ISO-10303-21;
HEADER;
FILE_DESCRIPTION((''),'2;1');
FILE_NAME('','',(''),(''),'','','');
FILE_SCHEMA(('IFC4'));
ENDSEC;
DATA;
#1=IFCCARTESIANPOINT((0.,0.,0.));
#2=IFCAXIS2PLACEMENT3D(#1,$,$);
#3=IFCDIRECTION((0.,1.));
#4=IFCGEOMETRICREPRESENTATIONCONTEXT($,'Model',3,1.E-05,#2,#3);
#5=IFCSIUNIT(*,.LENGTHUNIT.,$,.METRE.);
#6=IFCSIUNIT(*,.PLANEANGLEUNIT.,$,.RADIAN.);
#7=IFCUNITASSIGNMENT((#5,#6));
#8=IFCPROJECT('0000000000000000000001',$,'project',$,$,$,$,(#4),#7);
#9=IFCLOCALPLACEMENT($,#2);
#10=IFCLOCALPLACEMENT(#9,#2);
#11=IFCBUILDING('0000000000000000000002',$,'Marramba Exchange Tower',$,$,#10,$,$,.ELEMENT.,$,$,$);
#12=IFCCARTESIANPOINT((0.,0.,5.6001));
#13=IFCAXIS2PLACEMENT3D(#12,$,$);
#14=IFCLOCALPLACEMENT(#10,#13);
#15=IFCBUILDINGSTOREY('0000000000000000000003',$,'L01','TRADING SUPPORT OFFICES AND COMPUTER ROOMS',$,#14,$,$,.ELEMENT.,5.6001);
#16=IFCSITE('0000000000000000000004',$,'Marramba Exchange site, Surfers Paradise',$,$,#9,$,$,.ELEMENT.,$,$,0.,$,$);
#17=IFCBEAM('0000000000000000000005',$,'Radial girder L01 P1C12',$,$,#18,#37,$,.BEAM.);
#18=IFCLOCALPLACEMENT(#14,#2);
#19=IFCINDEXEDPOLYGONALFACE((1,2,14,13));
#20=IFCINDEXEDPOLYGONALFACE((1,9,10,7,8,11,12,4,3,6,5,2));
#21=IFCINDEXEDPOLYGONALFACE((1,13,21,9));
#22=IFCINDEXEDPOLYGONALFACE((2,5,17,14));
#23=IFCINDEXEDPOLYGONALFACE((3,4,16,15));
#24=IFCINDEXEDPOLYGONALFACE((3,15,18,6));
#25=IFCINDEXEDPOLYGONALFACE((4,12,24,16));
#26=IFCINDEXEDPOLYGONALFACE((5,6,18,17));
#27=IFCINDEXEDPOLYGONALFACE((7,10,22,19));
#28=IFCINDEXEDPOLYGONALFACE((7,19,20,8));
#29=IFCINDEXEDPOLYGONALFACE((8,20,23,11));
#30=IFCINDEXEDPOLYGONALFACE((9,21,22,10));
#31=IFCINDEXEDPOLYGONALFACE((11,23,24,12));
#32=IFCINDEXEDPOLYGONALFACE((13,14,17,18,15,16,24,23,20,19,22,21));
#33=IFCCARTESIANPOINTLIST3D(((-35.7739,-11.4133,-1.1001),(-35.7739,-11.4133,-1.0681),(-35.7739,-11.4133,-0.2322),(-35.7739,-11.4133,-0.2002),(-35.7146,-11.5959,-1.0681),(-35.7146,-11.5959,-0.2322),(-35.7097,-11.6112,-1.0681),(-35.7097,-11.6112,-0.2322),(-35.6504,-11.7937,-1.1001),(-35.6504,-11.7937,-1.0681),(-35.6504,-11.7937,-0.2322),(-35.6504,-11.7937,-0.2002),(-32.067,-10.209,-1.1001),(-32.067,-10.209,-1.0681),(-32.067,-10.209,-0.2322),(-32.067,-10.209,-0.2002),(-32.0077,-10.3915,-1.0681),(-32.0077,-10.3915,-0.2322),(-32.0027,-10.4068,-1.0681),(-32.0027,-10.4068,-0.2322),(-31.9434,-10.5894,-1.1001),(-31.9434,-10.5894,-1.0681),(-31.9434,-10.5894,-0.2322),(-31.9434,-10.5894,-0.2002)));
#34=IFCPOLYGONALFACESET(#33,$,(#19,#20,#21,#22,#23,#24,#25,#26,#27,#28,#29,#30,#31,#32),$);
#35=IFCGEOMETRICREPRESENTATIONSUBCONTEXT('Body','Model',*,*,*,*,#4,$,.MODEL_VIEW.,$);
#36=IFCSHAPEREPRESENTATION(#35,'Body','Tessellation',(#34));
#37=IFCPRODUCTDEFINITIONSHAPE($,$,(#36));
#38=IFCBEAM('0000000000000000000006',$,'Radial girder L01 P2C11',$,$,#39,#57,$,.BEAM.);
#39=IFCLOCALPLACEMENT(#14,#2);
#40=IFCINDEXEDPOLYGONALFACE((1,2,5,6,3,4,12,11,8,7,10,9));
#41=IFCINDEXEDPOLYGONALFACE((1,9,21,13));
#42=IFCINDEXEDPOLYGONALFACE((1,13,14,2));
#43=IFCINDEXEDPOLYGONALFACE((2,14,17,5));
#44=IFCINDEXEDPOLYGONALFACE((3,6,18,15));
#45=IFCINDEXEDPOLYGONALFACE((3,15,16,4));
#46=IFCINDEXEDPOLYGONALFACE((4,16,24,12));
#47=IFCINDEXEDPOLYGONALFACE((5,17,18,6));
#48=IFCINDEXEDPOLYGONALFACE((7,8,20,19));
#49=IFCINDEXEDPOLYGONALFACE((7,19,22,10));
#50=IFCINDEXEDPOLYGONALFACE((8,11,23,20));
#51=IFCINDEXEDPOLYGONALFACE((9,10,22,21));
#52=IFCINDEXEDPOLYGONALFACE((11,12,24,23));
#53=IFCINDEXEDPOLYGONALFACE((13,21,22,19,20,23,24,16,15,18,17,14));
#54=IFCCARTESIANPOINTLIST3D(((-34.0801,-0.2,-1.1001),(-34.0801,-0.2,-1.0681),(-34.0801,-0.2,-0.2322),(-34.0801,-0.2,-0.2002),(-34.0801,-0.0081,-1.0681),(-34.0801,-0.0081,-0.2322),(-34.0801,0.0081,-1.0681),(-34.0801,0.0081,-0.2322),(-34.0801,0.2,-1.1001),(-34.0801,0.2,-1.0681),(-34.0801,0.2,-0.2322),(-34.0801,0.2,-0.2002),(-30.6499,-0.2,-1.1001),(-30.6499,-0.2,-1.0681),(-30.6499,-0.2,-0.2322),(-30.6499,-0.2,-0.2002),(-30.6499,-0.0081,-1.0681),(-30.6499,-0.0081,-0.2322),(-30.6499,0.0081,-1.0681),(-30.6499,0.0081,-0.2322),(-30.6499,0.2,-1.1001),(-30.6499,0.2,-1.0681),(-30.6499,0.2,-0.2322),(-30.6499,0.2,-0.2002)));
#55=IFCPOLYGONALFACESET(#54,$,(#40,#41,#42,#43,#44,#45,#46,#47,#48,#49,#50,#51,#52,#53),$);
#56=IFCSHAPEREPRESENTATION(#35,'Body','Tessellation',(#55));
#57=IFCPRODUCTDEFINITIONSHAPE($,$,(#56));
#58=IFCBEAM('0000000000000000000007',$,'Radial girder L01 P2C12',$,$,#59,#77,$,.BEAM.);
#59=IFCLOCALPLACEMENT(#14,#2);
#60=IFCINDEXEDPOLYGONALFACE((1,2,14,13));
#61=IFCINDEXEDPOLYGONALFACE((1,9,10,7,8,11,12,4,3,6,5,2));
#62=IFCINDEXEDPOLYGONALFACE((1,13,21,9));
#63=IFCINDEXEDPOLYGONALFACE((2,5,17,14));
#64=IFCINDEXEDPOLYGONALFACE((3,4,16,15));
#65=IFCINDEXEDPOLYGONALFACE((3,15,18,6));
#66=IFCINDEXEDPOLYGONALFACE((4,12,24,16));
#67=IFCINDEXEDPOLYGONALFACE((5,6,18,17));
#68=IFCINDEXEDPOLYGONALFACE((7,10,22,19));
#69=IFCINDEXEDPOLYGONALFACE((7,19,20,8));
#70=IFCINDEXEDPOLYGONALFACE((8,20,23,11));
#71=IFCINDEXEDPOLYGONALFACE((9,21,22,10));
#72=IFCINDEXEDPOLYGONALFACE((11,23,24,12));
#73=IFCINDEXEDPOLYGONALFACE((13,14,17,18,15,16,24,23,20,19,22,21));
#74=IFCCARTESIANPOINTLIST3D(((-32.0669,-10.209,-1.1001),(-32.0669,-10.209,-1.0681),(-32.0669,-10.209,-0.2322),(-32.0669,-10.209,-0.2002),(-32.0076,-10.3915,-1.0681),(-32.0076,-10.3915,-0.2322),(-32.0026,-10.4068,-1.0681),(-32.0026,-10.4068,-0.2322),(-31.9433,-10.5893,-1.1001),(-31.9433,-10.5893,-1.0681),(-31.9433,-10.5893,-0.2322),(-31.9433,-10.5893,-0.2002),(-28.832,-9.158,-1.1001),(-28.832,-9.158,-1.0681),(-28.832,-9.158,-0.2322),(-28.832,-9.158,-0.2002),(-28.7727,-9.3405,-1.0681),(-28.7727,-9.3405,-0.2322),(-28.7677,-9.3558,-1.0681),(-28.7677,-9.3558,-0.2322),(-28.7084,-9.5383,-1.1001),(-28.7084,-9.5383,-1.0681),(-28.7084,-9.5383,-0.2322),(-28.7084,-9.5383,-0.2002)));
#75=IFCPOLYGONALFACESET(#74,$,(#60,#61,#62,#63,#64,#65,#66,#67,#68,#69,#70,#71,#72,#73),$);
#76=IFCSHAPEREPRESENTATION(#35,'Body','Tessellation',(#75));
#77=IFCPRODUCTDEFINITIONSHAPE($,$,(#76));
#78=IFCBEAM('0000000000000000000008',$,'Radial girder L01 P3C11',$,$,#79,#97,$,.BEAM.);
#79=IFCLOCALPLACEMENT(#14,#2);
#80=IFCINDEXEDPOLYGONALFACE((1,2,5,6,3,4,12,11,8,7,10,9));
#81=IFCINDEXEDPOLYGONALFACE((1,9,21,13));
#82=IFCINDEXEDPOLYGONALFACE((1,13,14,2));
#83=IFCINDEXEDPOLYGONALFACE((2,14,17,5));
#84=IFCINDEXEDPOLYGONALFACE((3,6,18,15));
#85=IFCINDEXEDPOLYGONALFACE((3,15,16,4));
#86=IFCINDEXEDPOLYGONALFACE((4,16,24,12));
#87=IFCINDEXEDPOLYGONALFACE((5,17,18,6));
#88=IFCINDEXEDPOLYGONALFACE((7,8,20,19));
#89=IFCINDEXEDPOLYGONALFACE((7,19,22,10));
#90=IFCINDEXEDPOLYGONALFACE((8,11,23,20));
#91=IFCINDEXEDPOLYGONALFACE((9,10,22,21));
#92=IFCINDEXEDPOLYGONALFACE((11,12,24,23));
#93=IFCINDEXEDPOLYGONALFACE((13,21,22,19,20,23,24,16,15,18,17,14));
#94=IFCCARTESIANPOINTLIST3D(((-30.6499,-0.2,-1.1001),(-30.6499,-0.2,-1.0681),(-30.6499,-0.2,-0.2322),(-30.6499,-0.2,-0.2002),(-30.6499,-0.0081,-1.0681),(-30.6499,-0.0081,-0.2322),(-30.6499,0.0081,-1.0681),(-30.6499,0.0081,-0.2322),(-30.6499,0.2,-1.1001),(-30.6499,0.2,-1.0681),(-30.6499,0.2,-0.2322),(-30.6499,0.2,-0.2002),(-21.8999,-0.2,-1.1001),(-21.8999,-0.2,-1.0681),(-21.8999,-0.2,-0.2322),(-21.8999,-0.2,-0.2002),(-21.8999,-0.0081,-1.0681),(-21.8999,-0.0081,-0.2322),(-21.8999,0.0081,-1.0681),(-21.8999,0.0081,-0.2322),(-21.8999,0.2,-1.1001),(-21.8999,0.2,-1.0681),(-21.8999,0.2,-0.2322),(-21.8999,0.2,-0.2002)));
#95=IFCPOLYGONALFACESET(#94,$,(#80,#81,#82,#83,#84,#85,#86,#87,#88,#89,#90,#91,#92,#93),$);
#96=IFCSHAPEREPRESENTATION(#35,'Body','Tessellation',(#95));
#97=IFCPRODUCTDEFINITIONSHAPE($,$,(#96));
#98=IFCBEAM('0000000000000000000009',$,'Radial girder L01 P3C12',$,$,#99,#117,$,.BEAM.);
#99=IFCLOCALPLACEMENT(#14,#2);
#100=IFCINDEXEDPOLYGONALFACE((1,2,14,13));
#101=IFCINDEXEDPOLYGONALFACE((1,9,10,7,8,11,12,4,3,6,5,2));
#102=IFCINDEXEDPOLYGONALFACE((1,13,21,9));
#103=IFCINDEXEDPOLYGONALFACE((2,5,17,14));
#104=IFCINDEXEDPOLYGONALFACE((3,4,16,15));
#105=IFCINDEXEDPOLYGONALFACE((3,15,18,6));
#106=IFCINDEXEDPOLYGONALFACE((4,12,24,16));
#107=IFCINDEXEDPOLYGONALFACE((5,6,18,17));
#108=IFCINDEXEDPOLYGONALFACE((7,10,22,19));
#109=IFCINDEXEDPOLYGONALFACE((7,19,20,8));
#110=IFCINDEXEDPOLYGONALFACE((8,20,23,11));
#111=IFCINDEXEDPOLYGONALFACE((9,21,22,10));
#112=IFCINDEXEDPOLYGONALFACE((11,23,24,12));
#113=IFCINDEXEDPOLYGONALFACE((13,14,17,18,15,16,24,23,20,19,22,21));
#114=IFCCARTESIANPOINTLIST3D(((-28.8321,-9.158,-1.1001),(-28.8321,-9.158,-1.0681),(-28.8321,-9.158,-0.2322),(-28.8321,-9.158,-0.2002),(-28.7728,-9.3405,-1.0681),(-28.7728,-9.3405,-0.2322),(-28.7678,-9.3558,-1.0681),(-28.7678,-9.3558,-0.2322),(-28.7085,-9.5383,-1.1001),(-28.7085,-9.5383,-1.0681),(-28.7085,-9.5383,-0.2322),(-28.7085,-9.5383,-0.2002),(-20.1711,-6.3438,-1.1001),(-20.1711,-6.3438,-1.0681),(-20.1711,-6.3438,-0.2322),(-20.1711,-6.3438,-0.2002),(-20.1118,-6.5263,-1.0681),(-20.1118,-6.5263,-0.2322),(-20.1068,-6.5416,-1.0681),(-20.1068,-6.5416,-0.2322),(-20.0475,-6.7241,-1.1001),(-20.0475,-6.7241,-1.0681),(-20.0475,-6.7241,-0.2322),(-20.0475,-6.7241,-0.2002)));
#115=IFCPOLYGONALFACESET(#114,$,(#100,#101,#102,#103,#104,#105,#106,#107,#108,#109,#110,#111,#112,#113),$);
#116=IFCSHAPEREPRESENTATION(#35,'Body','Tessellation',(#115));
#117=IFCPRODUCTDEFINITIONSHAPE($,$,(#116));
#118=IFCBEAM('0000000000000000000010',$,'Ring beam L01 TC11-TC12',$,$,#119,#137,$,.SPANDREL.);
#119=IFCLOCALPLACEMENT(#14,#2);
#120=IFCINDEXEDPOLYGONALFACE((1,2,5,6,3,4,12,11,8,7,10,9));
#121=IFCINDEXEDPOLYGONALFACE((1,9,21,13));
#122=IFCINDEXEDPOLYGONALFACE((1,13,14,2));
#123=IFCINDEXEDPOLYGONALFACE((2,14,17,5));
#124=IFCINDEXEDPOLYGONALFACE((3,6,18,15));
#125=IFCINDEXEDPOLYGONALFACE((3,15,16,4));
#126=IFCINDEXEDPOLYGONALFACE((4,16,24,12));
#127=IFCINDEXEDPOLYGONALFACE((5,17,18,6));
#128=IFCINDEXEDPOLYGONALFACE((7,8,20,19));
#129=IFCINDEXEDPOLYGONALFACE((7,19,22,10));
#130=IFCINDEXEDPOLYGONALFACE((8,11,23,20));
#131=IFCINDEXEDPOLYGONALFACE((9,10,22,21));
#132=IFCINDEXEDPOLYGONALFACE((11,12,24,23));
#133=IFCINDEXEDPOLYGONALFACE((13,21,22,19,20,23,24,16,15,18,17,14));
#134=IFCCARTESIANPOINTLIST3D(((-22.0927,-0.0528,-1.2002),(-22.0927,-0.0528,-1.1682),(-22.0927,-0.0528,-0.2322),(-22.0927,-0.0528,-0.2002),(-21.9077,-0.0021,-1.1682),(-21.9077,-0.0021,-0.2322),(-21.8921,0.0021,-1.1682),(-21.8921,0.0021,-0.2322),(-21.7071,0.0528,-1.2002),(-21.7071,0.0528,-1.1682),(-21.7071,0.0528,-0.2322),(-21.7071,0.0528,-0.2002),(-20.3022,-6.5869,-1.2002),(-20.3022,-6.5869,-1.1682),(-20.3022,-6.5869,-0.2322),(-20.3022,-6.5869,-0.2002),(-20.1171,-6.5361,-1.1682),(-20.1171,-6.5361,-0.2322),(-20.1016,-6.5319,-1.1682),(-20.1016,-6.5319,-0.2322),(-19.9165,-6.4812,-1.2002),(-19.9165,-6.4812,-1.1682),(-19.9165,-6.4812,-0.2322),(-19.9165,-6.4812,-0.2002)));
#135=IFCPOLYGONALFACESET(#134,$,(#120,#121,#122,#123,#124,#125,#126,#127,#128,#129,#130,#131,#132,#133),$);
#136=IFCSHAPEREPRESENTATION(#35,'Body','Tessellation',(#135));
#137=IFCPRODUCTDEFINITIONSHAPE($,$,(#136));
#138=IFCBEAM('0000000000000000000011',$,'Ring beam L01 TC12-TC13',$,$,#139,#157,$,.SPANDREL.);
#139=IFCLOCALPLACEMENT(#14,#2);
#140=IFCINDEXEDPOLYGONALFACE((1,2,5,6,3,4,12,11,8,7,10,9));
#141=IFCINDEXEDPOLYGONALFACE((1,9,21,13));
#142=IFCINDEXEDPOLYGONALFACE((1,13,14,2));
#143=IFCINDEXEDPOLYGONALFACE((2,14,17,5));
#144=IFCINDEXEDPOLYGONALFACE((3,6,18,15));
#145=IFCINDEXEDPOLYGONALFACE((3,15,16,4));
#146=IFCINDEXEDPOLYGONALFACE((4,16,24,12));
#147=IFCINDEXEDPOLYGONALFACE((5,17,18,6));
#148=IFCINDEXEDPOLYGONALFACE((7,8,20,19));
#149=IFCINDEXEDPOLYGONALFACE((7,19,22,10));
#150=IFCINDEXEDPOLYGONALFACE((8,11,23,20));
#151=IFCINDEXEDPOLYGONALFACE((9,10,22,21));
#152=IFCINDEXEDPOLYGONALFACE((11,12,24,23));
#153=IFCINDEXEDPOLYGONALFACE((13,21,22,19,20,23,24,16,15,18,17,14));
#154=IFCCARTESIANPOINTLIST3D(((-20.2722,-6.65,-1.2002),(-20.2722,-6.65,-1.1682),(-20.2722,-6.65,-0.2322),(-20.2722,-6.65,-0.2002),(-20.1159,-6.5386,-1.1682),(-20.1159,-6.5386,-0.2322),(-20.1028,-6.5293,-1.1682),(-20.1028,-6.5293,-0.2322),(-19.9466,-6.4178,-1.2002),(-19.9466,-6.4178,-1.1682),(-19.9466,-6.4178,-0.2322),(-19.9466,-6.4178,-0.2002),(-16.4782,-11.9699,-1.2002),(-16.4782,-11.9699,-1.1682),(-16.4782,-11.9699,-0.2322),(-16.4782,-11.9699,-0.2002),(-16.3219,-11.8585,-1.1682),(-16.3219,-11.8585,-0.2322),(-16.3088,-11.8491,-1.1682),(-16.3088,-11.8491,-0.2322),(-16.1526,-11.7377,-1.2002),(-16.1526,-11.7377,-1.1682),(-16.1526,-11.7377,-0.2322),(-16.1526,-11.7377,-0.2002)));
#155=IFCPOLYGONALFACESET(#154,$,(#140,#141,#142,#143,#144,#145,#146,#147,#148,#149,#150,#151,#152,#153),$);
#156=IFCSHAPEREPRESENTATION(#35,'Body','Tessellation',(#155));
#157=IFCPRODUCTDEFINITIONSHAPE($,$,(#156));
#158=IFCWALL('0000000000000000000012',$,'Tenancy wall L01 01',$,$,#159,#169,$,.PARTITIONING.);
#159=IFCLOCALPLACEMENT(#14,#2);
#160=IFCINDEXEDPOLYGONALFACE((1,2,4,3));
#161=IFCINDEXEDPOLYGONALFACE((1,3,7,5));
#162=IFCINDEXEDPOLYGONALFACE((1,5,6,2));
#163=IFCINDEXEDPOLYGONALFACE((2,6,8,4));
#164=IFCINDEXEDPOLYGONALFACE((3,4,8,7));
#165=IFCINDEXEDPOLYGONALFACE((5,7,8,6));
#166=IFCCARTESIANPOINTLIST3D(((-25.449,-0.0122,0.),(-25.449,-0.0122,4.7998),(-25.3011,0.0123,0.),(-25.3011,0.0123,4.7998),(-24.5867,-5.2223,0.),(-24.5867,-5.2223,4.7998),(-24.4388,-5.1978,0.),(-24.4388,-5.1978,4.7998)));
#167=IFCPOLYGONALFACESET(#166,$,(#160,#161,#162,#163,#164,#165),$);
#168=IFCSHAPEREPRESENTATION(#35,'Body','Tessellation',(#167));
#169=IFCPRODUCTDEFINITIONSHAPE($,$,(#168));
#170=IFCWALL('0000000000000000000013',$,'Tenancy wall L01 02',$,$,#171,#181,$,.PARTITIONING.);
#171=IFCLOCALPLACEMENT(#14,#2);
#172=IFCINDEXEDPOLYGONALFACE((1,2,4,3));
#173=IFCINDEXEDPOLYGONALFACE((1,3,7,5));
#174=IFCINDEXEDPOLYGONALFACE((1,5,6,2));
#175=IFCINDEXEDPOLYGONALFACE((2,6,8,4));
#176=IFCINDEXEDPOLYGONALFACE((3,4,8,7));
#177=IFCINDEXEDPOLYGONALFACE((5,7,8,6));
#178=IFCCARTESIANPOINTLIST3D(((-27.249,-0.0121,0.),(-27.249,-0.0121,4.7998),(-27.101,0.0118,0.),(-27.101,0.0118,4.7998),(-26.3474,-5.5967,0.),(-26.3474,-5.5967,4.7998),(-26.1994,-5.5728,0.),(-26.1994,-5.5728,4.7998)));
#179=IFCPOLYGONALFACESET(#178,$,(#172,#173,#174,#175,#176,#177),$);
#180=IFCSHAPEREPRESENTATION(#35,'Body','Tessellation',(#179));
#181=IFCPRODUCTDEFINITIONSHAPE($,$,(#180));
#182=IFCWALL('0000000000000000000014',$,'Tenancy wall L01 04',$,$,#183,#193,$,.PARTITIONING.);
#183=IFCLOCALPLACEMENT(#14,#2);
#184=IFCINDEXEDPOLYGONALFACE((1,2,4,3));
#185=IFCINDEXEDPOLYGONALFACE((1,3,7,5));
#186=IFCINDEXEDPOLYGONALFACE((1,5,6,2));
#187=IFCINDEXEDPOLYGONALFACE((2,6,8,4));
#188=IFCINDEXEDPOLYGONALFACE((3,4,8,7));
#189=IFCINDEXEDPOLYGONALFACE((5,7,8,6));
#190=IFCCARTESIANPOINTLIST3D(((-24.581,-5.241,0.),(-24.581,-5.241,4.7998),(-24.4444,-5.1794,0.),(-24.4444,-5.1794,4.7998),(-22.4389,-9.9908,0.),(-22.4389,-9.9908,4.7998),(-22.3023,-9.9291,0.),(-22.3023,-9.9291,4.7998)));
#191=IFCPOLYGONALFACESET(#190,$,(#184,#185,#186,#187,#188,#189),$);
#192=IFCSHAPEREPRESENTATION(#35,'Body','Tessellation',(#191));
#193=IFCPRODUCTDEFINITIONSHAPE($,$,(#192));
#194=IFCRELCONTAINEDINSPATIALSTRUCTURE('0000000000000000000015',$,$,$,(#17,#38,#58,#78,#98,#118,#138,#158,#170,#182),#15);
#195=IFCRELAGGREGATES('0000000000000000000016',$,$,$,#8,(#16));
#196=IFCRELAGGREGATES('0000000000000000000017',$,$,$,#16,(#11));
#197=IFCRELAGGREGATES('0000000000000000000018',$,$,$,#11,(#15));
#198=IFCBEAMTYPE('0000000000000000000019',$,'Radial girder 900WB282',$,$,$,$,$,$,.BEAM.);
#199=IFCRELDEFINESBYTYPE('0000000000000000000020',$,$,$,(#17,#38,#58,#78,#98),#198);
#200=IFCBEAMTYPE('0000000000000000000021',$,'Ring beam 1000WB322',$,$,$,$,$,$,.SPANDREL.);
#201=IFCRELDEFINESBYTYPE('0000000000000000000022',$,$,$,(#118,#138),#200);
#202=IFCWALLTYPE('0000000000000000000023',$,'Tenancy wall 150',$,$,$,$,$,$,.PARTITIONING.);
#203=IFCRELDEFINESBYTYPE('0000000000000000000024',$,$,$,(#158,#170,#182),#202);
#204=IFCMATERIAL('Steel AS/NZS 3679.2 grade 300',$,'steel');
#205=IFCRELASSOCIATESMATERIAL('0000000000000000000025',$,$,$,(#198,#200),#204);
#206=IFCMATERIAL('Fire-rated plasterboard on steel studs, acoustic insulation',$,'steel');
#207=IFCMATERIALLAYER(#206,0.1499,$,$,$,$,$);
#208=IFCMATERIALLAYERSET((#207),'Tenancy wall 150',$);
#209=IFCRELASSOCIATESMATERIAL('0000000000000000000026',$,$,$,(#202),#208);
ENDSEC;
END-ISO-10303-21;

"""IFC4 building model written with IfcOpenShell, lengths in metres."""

from ifc_helpers import new_model, si_unit, direction, frame, frame_2d, origin, origin_2d, place, context, subcontext, project, spatial, rectangle, i_section, extrude, material, layer, layer_set, material_profile, profile_set, type_object, element, save


model = new_model("IFC4")

# Units and contexts
model_context = context("Model", 3, precision=1e-05, world=origin(), true_north=direction((0.0, 1.0)))
body_context = subcontext(model_context, "Body", "Model", "MODEL_VIEW")
ifc_project = project(units=[si_unit("LENGTHUNIT", "METRE"), si_unit("PLANEANGLEUNIT", "RADIAN")], contexts=[model_context])

# Site, building, storey
site_placement = place(None, origin())
site = spatial("IfcSite", under=ifc_project, at=site_placement, Name="Marramba Exchange site, Surfers Paradise", CompositionType="ELEMENT", RefElevation=0.0)
building_placement = place(site_placement, origin())
building = spatial("IfcBuilding", under=site, at=building_placement, Name="Marramba Exchange Tower", CompositionType="ELEMENT")
storey_placement = place(building_placement, frame((0.0, 0.0, 5.6001)))
storey = spatial("IfcBuildingStorey", under=building, at=storey_placement, Name="L01", Description="TRADING SUPPORT OFFICES AND COMPUTER ROOMS", CompositionType="ELEMENT", Elevation=5.6001)

# Beams
ifc_material_1 = material(Name="Steel AS/NZS 3679.2 grade 300", Category="steel")
ifc_material_profile_1 = material_profile(ifc_material_1, i_section(OverallWidth=0.3999, OverallDepth=0.8999, WebThickness=0.0161, FlangeThickness=0.032, at=origin_2d()), Name="900WB282")
ifc_profile_set_1 = profile_set([ifc_material_profile_1], Name="Steel AS/NZS 3679.2 grade 300")
beam_type_1 = type_object("IfcBeamType", Name="Radial girder 900WB282", PredefinedType="BEAM", material=ifc_profile_set_1)
beam_1_placement = place(storey_placement, frame((-35.7122, -11.6035, -0.6501), z_axis=(0.951067, 0.308984, 0.0), x_axis=(-0.308984, 0.951067, 0.0)))
element("IfcBeam", 1, at=beam_1_placement, inside=storey, type_object=beam_type_1, Name="Radial girder L01 P1C12", PredefinedType="BEAM", context=body_context, shape_type="SweptSolid", body=[
    extrude(i_section(OverallWidth=0.3999, OverallDepth=0.8999, WebThickness=0.0161, FlangeThickness=0.032, at=origin_2d()), origin(), (0.0, 0.0, 1.0), 3.8977),
])
beam_2_placement = place(storey_placement, frame((-34.0801, 0.0, -0.6501), z_axis=(1.0, 0.0, 0.0), x_axis=(0.0, 1.0, 0.0)))
element("IfcBeam", 2, at=beam_2_placement, inside=storey, type_object=beam_type_1, Name="Radial girder L01 P2C11", PredefinedType="BEAM", context=body_context, shape_type="SweptSolid", body=[
    extrude(i_section(OverallWidth=0.3999, OverallDepth=0.8999, WebThickness=0.0161, FlangeThickness=0.032, at=origin_2d()), origin(), (0.0, 0.0, 1.0), 3.4302),
])
beam_3_placement = place(storey_placement, frame((-32.0051, -10.3992, -0.6501), z_axis=(0.95106, 0.309005, 0.0), x_axis=(-0.309005, 0.95106, 0.0)))
element("IfcBeam", 3, at=beam_3_placement, inside=storey, type_object=beam_type_1, Name="Radial girder L01 P2C12", PredefinedType="BEAM", context=body_context, shape_type="SweptSolid", body=[
    extrude(i_section(OverallWidth=0.3999, OverallDepth=0.8999, WebThickness=0.0161, FlangeThickness=0.032, at=origin_2d()), origin(), (0.0, 0.0, 1.0), 3.4014),
])
beam_4_placement = place(storey_placement, frame((-30.6499, 0.0, -0.6501), z_axis=(1.0, 0.0, 0.0), x_axis=(0.0, 1.0, 0.0)))
element("IfcBeam", 4, at=beam_4_placement, inside=storey, type_object=beam_type_1, Name="Radial girder L01 P3C11", PredefinedType="BEAM", context=body_context, shape_type="SweptSolid", body=[
    extrude(i_section(OverallWidth=0.3999, OverallDepth=0.8999, WebThickness=0.0161, FlangeThickness=0.032, at=origin_2d()), origin(), (0.0, 0.0, 1.0), 8.75),
])
beam_5_placement = place(storey_placement, frame((-28.7703, -9.3481, -0.6501), z_axis=(0.951053, 0.309028, 0.0), x_axis=(-0.309028, 0.951053, 0.0)))
element("IfcBeam", 5, at=beam_5_placement, inside=storey, type_object=beam_type_1, Name="Radial girder L01 P3C12", PredefinedType="BEAM", context=body_context, shape_type="SweptSolid", body=[
    extrude(i_section(OverallWidth=0.3999, OverallDepth=0.8999, WebThickness=0.0161, FlangeThickness=0.032, at=origin_2d()), origin(), (0.0, 0.0, 1.0), 9.1067),
])
ifc_material_profile_2 = material_profile(ifc_material_1, i_section(OverallWidth=0.3999, OverallDepth=1.0, WebThickness=0.0161, FlangeThickness=0.032, at=origin_2d()), Name="1000WB322")
ifc_profile_set_2 = profile_set([ifc_material_profile_2], Name="Steel AS/NZS 3679.2 grade 300")
beam_type_2 = type_object("IfcBeamType", Name="Ring beam 1000WB322", PredefinedType="SPANDREL", material=ifc_profile_set_2)
beam_6_placement = place(storey_placement, frame((-21.8999, 0.0, -0.7002), z_axis=(0.264291, -0.964443, 0.0), x_axis=(0.964443, 0.264291, 0.0)))
element("IfcBeam", 6, at=beam_6_placement, inside=storey, type_object=beam_type_2, Name="Ring beam L01 TC11-TC12", PredefinedType="SPANDREL", context=body_context, shape_type="SweptSolid", body=[
    extrude(i_section(OverallWidth=0.3999, OverallDepth=1.0, WebThickness=0.0161, FlangeThickness=0.032, at=origin_2d()), origin(), (0.0, 0.0, 1.0), 6.7749),
])
beam_7_placement = place(storey_placement, frame((-20.1094, -6.5339, -0.7002), z_axis=(0.580637, -0.814162, 0.0), x_axis=(0.814162, 0.580637, 0.0)))
element("IfcBeam", 7, at=beam_7_placement, inside=storey, type_object=beam_type_2, Name="Ring beam L01 TC12-TC13", PredefinedType="SPANDREL", context=body_context, shape_type="SweptSolid", body=[
    extrude(i_section(OverallWidth=0.3999, OverallDepth=1.0, WebThickness=0.0161, FlangeThickness=0.032, at=origin_2d()), origin(), (0.0, 0.0, 1.0), 6.5342),
])

# Walls
ifc_material_2 = material(Name="Fire-rated plasterboard on steel studs, acoustic insulation", Category="steel")
ifc_layer = layer(ifc_material_2, 0.1499)
ifc_layer_set = layer_set([ifc_layer], Name="Tenancy wall 150")
wall_type = type_object("IfcWallType", Name="Tenancy wall 150", PredefinedType="PARTITIONING", material=ifc_layer_set)
wall_1_placement = place(storey_placement, frame((-24.5127, -5.2102, 0.0), z_axis=(0.0, 0.0, 1.0), x_axis=(-0.163282, 0.986579, 0.0)))
element("IfcWall", 8, at=wall_1_placement, inside=storey, type_object=wall_type, Name="Tenancy wall L01 01", PredefinedType="PARTITIONING", context=body_context, shape_type="SweptSolid", body=[
    extrude(rectangle(XDim=5.281, YDim=0.1499, at=frame_2d((2.6406, 0.0))), origin(), (0.0, 0.0, 1.0), 4.7998),
])
wall_2_placement = place(storey_placement, frame((-27.175, 0.0, 0.0), z_axis=(0.0, 0.0, 1.0), x_axis=(0.159379, -0.987217, 0.0)))
element("IfcWall", 9, at=wall_2_placement, inside=storey, type_object=wall_type, Name="Tenancy wall L01 02", PredefinedType="PARTITIONING", context=body_context, shape_type="SweptSolid", body=[
    extrude(rectangle(XDim=5.657, YDim=0.1499, at=frame_2d((2.8286, 0.0))), origin(), (0.0, 0.0, 1.0), 4.7998),
])
wall_3_placement = place(storey_placement, frame((-22.3706, -9.96, 0.0), z_axis=(0.0, 0.0, 1.0), x_axis=(-0.411115, 0.911584, 0.0)))
element("IfcWall", 10, at=wall_3_placement, inside=storey, type_object=wall_type, Name="Tenancy wall L01 04", PredefinedType="PARTITIONING", context=body_context, shape_type="SweptSolid", body=[
    extrude(rectangle(XDim=5.2104, YDim=0.1499, at=frame_2d((2.6052, 0.0))), origin(), (0.0, 0.0, 1.0), 4.7998),
])

save(model, "model.ifc")
